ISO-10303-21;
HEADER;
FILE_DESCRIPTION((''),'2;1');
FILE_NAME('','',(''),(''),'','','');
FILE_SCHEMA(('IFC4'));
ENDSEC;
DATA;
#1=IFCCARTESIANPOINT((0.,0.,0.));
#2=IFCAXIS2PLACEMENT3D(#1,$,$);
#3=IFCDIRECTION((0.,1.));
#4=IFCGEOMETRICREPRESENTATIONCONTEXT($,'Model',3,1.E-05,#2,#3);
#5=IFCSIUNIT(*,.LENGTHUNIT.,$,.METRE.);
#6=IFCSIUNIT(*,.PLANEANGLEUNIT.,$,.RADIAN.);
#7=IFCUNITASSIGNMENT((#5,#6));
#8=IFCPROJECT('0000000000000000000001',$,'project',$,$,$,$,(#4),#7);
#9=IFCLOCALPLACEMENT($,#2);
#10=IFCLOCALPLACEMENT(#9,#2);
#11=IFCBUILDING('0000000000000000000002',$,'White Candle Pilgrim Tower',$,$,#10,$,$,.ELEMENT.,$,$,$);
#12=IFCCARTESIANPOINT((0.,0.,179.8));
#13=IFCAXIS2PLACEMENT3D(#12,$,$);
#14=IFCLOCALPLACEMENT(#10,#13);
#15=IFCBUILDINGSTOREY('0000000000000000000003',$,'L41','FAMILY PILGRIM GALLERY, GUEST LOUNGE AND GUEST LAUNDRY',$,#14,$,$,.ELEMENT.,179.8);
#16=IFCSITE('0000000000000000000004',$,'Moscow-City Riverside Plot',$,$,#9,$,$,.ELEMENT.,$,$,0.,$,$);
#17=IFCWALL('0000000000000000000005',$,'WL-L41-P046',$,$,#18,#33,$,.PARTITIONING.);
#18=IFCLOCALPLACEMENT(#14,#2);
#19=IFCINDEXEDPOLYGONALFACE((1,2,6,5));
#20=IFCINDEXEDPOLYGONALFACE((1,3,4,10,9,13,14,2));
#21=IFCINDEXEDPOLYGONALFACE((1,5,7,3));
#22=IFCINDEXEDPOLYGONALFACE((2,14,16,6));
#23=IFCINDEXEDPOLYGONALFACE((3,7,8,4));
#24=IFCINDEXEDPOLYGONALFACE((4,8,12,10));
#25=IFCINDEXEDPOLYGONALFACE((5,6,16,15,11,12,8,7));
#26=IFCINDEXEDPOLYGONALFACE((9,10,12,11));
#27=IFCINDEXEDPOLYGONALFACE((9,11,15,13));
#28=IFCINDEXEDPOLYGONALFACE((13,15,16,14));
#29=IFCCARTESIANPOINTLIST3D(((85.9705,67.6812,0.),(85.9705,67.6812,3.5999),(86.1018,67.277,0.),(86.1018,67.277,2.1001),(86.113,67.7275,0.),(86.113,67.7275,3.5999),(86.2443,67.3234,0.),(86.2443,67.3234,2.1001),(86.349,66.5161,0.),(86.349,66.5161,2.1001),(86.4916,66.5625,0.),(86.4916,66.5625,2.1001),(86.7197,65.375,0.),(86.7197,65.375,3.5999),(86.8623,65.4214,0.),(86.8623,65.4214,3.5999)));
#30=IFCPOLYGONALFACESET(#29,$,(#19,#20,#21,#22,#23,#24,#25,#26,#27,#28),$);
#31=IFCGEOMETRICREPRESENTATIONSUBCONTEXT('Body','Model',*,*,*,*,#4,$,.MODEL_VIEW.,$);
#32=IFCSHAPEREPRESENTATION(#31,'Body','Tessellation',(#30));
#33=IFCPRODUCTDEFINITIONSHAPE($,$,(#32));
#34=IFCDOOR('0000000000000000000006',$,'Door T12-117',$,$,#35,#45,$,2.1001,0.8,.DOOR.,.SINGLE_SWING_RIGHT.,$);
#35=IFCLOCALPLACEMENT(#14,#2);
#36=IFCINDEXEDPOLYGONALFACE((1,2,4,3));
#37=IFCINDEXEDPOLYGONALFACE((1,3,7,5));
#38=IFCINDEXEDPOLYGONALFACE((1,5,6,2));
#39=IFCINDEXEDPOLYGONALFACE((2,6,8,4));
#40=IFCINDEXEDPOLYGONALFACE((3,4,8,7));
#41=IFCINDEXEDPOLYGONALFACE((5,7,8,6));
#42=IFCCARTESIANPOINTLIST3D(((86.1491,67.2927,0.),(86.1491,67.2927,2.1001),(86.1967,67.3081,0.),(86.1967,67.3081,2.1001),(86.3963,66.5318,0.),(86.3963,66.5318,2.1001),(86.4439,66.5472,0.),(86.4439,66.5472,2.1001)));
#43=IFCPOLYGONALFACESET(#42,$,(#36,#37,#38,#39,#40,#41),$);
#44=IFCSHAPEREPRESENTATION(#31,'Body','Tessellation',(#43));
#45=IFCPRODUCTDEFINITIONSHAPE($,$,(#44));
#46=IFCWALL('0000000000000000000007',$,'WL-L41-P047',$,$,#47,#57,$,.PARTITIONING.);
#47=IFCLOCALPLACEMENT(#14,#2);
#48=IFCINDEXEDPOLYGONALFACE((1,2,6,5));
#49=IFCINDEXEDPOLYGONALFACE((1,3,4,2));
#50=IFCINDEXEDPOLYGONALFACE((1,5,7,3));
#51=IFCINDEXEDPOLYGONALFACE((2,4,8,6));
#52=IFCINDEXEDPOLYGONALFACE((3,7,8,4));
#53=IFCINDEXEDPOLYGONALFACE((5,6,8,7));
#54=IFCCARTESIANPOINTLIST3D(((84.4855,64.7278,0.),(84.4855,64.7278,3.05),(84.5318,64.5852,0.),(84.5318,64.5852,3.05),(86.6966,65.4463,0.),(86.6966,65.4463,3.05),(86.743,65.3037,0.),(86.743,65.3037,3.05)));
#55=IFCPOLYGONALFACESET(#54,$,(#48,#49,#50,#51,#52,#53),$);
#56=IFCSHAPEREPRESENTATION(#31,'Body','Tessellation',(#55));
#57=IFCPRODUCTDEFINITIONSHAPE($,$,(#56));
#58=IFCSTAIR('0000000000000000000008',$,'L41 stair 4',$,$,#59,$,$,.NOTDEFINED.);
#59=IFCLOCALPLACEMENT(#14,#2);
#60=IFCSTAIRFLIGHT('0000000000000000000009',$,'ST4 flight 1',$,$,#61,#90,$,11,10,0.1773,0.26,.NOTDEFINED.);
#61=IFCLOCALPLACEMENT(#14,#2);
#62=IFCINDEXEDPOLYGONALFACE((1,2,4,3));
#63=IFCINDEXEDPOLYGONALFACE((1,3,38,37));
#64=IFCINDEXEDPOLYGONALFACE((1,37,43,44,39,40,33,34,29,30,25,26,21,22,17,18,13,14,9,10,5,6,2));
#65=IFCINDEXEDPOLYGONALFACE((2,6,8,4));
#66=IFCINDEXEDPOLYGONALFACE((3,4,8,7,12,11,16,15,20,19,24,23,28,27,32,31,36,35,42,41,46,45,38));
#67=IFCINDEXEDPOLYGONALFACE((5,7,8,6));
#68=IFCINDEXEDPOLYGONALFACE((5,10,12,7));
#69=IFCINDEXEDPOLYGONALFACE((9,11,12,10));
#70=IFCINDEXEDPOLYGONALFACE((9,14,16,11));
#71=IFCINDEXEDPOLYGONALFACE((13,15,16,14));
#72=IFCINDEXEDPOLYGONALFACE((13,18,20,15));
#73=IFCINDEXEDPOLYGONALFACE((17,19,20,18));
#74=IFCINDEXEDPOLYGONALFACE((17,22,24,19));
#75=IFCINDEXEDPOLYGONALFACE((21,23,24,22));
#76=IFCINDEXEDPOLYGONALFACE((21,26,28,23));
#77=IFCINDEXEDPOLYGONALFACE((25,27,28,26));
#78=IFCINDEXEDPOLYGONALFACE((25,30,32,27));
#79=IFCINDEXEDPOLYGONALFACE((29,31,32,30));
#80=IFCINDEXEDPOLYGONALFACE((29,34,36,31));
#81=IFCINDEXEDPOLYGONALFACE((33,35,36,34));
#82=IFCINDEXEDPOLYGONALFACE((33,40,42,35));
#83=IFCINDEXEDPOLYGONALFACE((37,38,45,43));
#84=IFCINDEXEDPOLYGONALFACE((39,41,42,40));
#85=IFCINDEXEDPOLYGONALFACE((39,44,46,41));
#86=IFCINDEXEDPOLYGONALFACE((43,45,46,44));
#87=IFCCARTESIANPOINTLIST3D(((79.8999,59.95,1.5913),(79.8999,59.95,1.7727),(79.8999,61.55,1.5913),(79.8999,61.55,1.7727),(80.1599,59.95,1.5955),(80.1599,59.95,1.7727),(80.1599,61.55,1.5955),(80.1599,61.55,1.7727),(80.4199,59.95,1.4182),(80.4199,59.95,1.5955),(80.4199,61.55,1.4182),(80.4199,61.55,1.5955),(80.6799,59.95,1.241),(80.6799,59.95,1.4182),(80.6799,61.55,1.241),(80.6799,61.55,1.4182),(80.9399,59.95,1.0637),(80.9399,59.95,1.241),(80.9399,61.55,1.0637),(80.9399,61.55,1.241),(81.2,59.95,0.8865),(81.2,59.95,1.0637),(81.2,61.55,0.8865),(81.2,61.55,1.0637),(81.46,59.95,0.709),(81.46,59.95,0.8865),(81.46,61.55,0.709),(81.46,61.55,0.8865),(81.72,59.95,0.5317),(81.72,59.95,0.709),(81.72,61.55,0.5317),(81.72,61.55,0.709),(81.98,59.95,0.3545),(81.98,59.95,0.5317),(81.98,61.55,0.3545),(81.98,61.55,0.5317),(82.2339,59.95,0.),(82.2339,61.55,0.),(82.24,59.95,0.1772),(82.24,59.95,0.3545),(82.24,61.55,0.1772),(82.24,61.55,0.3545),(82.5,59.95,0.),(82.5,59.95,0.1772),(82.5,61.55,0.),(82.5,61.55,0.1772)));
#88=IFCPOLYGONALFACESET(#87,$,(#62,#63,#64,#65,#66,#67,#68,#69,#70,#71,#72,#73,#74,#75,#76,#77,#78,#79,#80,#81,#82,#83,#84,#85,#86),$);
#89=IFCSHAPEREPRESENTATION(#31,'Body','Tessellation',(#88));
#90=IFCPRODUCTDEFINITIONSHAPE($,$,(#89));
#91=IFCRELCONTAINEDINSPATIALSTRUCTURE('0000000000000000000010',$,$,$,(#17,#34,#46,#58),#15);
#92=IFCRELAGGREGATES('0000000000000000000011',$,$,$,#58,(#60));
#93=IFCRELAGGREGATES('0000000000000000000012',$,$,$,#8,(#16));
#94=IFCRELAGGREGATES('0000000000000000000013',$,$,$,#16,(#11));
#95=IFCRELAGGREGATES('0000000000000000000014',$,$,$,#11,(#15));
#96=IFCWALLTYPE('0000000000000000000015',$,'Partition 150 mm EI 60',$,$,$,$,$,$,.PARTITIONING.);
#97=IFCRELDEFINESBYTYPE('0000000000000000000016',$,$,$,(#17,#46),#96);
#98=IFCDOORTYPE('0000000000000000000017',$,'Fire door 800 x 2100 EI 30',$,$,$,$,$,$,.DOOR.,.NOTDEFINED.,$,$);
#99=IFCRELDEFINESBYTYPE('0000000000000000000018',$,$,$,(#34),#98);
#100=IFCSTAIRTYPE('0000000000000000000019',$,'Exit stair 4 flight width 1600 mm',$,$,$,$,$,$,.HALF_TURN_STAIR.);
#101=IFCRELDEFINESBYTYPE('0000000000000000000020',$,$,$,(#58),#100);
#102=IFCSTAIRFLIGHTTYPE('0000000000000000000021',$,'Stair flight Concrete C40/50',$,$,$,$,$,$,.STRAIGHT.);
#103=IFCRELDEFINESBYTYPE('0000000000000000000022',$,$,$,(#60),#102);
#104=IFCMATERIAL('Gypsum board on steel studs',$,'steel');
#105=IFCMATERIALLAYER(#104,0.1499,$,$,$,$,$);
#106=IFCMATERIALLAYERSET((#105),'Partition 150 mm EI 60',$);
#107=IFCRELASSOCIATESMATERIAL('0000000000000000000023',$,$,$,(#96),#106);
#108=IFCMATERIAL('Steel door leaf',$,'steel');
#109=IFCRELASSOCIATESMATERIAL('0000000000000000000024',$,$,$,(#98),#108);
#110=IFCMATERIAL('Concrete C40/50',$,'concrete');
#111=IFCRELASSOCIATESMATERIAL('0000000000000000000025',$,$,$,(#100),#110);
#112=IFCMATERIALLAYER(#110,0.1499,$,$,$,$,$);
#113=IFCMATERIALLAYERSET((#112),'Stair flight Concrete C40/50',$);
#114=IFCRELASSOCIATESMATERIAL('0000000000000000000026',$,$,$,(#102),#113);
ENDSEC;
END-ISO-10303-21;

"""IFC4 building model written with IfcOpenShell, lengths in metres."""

from ifc_helpers import new_model, si_unit, direction, frame, frame_2d, origin, place, context, subcontext, project, spatial, polyline, rectangle, outline, extrude, material, layer, layer_set, type_object, element, fill, aggregate, save


model = new_model("IFC4")

# Units and contexts
model_context = context("Model", 3, precision=1e-05, world=origin(), true_north=direction((0.0, 1.0)))
body_context = subcontext(model_context, "Body", "Model", "MODEL_VIEW")
ifc_project = project(units=[si_unit("LENGTHUNIT", "METRE"), si_unit("PLANEANGLEUNIT", "RADIAN")], contexts=[model_context])

# Site, building, storey
site_placement = place(None, origin())
site = spatial("IfcSite", under=ifc_project, at=site_placement, Name="Moscow-City Riverside Plot", CompositionType="ELEMENT", RefElevation=0.0)
building_placement = place(site_placement, origin())
building = spatial("IfcBuilding", under=site, at=building_placement, Name="White Candle Pilgrim Tower", CompositionType="ELEMENT")
storey_placement = place(building_placement, frame((0.0, 0.0, 179.8)))
storey = spatial("IfcBuildingStorey", under=building, at=storey_placement, Name="L41", Description="FAMILY PILGRIM GALLERY, GUEST LOUNGE AND GUEST LAUNDRY", CompositionType="ELEMENT", Elevation=179.8)

# Shared definitions
ifc_material_1 = material(Name="Gypsum board on steel studs", Category="steel")
ifc_material_2 = material(Name="Steel door leaf", Category="steel")

# Shared definitions
ifc_layer_1 = layer(ifc_material_1, 0.1499)
ifc_layer_set_1 = layer_set([ifc_layer_1], Name="Partition 150 mm EI 60")
wall_type_1 = type_object("IfcWallType", Name="Partition 150 mm EI 60", PredefinedType="PARTITIONING", material=ifc_layer_set_1)

# Wall, opening, door
door_type_1 = type_object("IfcDoorType", Name="Fire door 800 x 2100 EI 30", OperationType="NOTDEFINED", PredefinedType="DOOR", material=ifc_material_2)
wall_1_placement = place(storey_placement, frame((86.791, 65.3982, 0.0), z_axis=(0.0, 0.0, 1.0), x_axis=(-0.309, 0.951062, 0.0)))
wall_1 = element("IfcWall", 1, at=wall_1_placement, inside=storey, type_object=wall_type_1, Name="WL-L41-P046", PredefinedType="PARTITIONING", context=body_context, shape_type="SweptSolid", body=[
    extrude(rectangle(XDim=2.4248, YDim=0.1499, at=frame_2d((1.2124, 0.0))), origin(), (0.0, 0.0, 1.0), 3.5999),
])
opening_1_placement = place(wall_1_placement, frame((1.2, 0.0, 0.0)))
opening_1 = element("IfcOpeningElement", 2, at=opening_1_placement, cuts=wall_1, PredefinedType="OPENING", context=body_context, shape_type="SweptSolid", body=[
    extrude(rectangle(XDim=0.8, YDim=2.1001, at=frame_2d((0.3999, 1.05))), frame((0.0, 0.085, 0.0), z_axis=(0.0, -1.0, 0.0), x_axis=(1.0, 0.0, 0.0)), (0.0, 0.0, 1.0), 0.1699),
])
door_1_placement = place(opening_1_placement, frame((0.8, 0.0, 0.0), z_axis=(0.0, 0.0, 1.0), x_axis=(-1.0, 0.0, 0.0)))
door_1 = element("IfcDoor", 3, at=door_1_placement, inside=storey, type_object=door_type_1, Name="Door T12-117", OperationType="SINGLE_SWING_RIGHT", OverallHeight=2.1001, OverallWidth=0.8, PredefinedType="DOOR", context=body_context, shape_type="SweptSolid", body=[
    extrude(rectangle(XDim=0.8, YDim=2.1001, at=frame_2d((0.3999, 1.05))), frame((0.0, 0.0249, 0.0), z_axis=(0.0, -1.0, 0.0), x_axis=(1.0, 0.0, 0.0)), (0.0, 0.0, 1.0), 0.05),
])
fill(opening_1, door_1)

# Wall
wall_2_placement = place(storey_placement, frame((84.5085, 64.6565, 0.0), z_axis=(0.0, 0.0, 1.0), x_axis=(0.95105, 0.309036, 0.0)))
element("IfcWall", 4, at=wall_2_placement, inside=storey, type_object=wall_type_1, Name="WL-L41-P047", PredefinedType="PARTITIONING", context=body_context, shape_type="SweptSolid", body=[
    extrude(rectangle(XDim=2.325, YDim=0.1499, at=frame_2d((1.1626, 0.0))), origin(), (0.0, 0.0, 1.0), 3.05),
])

# Stair, stair flight
ifc_material_3 = material(Name="Concrete C40/50", Category="concrete")
stair_type = type_object("IfcStairType", Name="Exit stair 4 flight width 1600 mm", PredefinedType="HALF_TURN_STAIR", material=ifc_material_3)
stair_placement = place(storey_placement, origin())
stair = element("IfcStair", 5, at=stair_placement, inside=storey, type_object=stair_type, Name="L41 stair 4", PredefinedType="NOTDEFINED")
ifc_layer_2 = layer(ifc_material_3, 0.1499)
ifc_layer_set_2 = layer_set([ifc_layer_2], Name="Stair flight Concrete C40/50")
stair_flight_type = type_object("IfcStairFlightType", Name="Stair flight Concrete C40/50", PredefinedType="STRAIGHT", material=ifc_layer_set_2)
stair_flight_placement = place(storey_placement, frame((82.5, 60.75, 0.0), z_axis=(0.0, 0.0, 1.0), x_axis=(-1.0, 0.0, 0.0)))
stair_flight = element("IfcStairFlight", 6, at=stair_flight_placement, type_object=stair_flight_type, Name="ST4 flight 1", NumberOfRisers=11, NumberOfTreads=10, PredefinedType="NOTDEFINED", RiserHeight=0.1773, TreadLength=0.26, context=body_context, shape_type="SweptSolid", body=[
    extrude(outline(polyline([(0.0, 0.0), (0.0, 0.1772), (0.26, 0.1772), (0.26, 0.3545), (0.52, 0.3545), (0.52, 0.5317), (0.78, 0.5317), (0.78, 0.709), (1.04, 0.709), (1.04, 0.8865), (1.3, 0.8865), (1.3, 1.0637), (1.5601, 1.0637), (1.5601, 1.241), (1.8201, 1.241), (1.8201, 1.4182), (2.0801, 1.4182), (2.0801, 1.5955), (2.3401, 1.5955), (2.3401, 1.7727), (2.6001, 1.7727), (2.6001, 1.95), (2.6001, 1.5913), (0.2661, 0.0), (0.0, 0.0)])), frame((0.0, 0.8, 0.0), z_axis=(0.0, -1.0, 0.0), x_axis=(1.0, 0.0, 0.0)), (0.0, 0.0, 1.0), 1.6001),
])
aggregate(stair, [stair_flight])

save(model, "model.ifc")
